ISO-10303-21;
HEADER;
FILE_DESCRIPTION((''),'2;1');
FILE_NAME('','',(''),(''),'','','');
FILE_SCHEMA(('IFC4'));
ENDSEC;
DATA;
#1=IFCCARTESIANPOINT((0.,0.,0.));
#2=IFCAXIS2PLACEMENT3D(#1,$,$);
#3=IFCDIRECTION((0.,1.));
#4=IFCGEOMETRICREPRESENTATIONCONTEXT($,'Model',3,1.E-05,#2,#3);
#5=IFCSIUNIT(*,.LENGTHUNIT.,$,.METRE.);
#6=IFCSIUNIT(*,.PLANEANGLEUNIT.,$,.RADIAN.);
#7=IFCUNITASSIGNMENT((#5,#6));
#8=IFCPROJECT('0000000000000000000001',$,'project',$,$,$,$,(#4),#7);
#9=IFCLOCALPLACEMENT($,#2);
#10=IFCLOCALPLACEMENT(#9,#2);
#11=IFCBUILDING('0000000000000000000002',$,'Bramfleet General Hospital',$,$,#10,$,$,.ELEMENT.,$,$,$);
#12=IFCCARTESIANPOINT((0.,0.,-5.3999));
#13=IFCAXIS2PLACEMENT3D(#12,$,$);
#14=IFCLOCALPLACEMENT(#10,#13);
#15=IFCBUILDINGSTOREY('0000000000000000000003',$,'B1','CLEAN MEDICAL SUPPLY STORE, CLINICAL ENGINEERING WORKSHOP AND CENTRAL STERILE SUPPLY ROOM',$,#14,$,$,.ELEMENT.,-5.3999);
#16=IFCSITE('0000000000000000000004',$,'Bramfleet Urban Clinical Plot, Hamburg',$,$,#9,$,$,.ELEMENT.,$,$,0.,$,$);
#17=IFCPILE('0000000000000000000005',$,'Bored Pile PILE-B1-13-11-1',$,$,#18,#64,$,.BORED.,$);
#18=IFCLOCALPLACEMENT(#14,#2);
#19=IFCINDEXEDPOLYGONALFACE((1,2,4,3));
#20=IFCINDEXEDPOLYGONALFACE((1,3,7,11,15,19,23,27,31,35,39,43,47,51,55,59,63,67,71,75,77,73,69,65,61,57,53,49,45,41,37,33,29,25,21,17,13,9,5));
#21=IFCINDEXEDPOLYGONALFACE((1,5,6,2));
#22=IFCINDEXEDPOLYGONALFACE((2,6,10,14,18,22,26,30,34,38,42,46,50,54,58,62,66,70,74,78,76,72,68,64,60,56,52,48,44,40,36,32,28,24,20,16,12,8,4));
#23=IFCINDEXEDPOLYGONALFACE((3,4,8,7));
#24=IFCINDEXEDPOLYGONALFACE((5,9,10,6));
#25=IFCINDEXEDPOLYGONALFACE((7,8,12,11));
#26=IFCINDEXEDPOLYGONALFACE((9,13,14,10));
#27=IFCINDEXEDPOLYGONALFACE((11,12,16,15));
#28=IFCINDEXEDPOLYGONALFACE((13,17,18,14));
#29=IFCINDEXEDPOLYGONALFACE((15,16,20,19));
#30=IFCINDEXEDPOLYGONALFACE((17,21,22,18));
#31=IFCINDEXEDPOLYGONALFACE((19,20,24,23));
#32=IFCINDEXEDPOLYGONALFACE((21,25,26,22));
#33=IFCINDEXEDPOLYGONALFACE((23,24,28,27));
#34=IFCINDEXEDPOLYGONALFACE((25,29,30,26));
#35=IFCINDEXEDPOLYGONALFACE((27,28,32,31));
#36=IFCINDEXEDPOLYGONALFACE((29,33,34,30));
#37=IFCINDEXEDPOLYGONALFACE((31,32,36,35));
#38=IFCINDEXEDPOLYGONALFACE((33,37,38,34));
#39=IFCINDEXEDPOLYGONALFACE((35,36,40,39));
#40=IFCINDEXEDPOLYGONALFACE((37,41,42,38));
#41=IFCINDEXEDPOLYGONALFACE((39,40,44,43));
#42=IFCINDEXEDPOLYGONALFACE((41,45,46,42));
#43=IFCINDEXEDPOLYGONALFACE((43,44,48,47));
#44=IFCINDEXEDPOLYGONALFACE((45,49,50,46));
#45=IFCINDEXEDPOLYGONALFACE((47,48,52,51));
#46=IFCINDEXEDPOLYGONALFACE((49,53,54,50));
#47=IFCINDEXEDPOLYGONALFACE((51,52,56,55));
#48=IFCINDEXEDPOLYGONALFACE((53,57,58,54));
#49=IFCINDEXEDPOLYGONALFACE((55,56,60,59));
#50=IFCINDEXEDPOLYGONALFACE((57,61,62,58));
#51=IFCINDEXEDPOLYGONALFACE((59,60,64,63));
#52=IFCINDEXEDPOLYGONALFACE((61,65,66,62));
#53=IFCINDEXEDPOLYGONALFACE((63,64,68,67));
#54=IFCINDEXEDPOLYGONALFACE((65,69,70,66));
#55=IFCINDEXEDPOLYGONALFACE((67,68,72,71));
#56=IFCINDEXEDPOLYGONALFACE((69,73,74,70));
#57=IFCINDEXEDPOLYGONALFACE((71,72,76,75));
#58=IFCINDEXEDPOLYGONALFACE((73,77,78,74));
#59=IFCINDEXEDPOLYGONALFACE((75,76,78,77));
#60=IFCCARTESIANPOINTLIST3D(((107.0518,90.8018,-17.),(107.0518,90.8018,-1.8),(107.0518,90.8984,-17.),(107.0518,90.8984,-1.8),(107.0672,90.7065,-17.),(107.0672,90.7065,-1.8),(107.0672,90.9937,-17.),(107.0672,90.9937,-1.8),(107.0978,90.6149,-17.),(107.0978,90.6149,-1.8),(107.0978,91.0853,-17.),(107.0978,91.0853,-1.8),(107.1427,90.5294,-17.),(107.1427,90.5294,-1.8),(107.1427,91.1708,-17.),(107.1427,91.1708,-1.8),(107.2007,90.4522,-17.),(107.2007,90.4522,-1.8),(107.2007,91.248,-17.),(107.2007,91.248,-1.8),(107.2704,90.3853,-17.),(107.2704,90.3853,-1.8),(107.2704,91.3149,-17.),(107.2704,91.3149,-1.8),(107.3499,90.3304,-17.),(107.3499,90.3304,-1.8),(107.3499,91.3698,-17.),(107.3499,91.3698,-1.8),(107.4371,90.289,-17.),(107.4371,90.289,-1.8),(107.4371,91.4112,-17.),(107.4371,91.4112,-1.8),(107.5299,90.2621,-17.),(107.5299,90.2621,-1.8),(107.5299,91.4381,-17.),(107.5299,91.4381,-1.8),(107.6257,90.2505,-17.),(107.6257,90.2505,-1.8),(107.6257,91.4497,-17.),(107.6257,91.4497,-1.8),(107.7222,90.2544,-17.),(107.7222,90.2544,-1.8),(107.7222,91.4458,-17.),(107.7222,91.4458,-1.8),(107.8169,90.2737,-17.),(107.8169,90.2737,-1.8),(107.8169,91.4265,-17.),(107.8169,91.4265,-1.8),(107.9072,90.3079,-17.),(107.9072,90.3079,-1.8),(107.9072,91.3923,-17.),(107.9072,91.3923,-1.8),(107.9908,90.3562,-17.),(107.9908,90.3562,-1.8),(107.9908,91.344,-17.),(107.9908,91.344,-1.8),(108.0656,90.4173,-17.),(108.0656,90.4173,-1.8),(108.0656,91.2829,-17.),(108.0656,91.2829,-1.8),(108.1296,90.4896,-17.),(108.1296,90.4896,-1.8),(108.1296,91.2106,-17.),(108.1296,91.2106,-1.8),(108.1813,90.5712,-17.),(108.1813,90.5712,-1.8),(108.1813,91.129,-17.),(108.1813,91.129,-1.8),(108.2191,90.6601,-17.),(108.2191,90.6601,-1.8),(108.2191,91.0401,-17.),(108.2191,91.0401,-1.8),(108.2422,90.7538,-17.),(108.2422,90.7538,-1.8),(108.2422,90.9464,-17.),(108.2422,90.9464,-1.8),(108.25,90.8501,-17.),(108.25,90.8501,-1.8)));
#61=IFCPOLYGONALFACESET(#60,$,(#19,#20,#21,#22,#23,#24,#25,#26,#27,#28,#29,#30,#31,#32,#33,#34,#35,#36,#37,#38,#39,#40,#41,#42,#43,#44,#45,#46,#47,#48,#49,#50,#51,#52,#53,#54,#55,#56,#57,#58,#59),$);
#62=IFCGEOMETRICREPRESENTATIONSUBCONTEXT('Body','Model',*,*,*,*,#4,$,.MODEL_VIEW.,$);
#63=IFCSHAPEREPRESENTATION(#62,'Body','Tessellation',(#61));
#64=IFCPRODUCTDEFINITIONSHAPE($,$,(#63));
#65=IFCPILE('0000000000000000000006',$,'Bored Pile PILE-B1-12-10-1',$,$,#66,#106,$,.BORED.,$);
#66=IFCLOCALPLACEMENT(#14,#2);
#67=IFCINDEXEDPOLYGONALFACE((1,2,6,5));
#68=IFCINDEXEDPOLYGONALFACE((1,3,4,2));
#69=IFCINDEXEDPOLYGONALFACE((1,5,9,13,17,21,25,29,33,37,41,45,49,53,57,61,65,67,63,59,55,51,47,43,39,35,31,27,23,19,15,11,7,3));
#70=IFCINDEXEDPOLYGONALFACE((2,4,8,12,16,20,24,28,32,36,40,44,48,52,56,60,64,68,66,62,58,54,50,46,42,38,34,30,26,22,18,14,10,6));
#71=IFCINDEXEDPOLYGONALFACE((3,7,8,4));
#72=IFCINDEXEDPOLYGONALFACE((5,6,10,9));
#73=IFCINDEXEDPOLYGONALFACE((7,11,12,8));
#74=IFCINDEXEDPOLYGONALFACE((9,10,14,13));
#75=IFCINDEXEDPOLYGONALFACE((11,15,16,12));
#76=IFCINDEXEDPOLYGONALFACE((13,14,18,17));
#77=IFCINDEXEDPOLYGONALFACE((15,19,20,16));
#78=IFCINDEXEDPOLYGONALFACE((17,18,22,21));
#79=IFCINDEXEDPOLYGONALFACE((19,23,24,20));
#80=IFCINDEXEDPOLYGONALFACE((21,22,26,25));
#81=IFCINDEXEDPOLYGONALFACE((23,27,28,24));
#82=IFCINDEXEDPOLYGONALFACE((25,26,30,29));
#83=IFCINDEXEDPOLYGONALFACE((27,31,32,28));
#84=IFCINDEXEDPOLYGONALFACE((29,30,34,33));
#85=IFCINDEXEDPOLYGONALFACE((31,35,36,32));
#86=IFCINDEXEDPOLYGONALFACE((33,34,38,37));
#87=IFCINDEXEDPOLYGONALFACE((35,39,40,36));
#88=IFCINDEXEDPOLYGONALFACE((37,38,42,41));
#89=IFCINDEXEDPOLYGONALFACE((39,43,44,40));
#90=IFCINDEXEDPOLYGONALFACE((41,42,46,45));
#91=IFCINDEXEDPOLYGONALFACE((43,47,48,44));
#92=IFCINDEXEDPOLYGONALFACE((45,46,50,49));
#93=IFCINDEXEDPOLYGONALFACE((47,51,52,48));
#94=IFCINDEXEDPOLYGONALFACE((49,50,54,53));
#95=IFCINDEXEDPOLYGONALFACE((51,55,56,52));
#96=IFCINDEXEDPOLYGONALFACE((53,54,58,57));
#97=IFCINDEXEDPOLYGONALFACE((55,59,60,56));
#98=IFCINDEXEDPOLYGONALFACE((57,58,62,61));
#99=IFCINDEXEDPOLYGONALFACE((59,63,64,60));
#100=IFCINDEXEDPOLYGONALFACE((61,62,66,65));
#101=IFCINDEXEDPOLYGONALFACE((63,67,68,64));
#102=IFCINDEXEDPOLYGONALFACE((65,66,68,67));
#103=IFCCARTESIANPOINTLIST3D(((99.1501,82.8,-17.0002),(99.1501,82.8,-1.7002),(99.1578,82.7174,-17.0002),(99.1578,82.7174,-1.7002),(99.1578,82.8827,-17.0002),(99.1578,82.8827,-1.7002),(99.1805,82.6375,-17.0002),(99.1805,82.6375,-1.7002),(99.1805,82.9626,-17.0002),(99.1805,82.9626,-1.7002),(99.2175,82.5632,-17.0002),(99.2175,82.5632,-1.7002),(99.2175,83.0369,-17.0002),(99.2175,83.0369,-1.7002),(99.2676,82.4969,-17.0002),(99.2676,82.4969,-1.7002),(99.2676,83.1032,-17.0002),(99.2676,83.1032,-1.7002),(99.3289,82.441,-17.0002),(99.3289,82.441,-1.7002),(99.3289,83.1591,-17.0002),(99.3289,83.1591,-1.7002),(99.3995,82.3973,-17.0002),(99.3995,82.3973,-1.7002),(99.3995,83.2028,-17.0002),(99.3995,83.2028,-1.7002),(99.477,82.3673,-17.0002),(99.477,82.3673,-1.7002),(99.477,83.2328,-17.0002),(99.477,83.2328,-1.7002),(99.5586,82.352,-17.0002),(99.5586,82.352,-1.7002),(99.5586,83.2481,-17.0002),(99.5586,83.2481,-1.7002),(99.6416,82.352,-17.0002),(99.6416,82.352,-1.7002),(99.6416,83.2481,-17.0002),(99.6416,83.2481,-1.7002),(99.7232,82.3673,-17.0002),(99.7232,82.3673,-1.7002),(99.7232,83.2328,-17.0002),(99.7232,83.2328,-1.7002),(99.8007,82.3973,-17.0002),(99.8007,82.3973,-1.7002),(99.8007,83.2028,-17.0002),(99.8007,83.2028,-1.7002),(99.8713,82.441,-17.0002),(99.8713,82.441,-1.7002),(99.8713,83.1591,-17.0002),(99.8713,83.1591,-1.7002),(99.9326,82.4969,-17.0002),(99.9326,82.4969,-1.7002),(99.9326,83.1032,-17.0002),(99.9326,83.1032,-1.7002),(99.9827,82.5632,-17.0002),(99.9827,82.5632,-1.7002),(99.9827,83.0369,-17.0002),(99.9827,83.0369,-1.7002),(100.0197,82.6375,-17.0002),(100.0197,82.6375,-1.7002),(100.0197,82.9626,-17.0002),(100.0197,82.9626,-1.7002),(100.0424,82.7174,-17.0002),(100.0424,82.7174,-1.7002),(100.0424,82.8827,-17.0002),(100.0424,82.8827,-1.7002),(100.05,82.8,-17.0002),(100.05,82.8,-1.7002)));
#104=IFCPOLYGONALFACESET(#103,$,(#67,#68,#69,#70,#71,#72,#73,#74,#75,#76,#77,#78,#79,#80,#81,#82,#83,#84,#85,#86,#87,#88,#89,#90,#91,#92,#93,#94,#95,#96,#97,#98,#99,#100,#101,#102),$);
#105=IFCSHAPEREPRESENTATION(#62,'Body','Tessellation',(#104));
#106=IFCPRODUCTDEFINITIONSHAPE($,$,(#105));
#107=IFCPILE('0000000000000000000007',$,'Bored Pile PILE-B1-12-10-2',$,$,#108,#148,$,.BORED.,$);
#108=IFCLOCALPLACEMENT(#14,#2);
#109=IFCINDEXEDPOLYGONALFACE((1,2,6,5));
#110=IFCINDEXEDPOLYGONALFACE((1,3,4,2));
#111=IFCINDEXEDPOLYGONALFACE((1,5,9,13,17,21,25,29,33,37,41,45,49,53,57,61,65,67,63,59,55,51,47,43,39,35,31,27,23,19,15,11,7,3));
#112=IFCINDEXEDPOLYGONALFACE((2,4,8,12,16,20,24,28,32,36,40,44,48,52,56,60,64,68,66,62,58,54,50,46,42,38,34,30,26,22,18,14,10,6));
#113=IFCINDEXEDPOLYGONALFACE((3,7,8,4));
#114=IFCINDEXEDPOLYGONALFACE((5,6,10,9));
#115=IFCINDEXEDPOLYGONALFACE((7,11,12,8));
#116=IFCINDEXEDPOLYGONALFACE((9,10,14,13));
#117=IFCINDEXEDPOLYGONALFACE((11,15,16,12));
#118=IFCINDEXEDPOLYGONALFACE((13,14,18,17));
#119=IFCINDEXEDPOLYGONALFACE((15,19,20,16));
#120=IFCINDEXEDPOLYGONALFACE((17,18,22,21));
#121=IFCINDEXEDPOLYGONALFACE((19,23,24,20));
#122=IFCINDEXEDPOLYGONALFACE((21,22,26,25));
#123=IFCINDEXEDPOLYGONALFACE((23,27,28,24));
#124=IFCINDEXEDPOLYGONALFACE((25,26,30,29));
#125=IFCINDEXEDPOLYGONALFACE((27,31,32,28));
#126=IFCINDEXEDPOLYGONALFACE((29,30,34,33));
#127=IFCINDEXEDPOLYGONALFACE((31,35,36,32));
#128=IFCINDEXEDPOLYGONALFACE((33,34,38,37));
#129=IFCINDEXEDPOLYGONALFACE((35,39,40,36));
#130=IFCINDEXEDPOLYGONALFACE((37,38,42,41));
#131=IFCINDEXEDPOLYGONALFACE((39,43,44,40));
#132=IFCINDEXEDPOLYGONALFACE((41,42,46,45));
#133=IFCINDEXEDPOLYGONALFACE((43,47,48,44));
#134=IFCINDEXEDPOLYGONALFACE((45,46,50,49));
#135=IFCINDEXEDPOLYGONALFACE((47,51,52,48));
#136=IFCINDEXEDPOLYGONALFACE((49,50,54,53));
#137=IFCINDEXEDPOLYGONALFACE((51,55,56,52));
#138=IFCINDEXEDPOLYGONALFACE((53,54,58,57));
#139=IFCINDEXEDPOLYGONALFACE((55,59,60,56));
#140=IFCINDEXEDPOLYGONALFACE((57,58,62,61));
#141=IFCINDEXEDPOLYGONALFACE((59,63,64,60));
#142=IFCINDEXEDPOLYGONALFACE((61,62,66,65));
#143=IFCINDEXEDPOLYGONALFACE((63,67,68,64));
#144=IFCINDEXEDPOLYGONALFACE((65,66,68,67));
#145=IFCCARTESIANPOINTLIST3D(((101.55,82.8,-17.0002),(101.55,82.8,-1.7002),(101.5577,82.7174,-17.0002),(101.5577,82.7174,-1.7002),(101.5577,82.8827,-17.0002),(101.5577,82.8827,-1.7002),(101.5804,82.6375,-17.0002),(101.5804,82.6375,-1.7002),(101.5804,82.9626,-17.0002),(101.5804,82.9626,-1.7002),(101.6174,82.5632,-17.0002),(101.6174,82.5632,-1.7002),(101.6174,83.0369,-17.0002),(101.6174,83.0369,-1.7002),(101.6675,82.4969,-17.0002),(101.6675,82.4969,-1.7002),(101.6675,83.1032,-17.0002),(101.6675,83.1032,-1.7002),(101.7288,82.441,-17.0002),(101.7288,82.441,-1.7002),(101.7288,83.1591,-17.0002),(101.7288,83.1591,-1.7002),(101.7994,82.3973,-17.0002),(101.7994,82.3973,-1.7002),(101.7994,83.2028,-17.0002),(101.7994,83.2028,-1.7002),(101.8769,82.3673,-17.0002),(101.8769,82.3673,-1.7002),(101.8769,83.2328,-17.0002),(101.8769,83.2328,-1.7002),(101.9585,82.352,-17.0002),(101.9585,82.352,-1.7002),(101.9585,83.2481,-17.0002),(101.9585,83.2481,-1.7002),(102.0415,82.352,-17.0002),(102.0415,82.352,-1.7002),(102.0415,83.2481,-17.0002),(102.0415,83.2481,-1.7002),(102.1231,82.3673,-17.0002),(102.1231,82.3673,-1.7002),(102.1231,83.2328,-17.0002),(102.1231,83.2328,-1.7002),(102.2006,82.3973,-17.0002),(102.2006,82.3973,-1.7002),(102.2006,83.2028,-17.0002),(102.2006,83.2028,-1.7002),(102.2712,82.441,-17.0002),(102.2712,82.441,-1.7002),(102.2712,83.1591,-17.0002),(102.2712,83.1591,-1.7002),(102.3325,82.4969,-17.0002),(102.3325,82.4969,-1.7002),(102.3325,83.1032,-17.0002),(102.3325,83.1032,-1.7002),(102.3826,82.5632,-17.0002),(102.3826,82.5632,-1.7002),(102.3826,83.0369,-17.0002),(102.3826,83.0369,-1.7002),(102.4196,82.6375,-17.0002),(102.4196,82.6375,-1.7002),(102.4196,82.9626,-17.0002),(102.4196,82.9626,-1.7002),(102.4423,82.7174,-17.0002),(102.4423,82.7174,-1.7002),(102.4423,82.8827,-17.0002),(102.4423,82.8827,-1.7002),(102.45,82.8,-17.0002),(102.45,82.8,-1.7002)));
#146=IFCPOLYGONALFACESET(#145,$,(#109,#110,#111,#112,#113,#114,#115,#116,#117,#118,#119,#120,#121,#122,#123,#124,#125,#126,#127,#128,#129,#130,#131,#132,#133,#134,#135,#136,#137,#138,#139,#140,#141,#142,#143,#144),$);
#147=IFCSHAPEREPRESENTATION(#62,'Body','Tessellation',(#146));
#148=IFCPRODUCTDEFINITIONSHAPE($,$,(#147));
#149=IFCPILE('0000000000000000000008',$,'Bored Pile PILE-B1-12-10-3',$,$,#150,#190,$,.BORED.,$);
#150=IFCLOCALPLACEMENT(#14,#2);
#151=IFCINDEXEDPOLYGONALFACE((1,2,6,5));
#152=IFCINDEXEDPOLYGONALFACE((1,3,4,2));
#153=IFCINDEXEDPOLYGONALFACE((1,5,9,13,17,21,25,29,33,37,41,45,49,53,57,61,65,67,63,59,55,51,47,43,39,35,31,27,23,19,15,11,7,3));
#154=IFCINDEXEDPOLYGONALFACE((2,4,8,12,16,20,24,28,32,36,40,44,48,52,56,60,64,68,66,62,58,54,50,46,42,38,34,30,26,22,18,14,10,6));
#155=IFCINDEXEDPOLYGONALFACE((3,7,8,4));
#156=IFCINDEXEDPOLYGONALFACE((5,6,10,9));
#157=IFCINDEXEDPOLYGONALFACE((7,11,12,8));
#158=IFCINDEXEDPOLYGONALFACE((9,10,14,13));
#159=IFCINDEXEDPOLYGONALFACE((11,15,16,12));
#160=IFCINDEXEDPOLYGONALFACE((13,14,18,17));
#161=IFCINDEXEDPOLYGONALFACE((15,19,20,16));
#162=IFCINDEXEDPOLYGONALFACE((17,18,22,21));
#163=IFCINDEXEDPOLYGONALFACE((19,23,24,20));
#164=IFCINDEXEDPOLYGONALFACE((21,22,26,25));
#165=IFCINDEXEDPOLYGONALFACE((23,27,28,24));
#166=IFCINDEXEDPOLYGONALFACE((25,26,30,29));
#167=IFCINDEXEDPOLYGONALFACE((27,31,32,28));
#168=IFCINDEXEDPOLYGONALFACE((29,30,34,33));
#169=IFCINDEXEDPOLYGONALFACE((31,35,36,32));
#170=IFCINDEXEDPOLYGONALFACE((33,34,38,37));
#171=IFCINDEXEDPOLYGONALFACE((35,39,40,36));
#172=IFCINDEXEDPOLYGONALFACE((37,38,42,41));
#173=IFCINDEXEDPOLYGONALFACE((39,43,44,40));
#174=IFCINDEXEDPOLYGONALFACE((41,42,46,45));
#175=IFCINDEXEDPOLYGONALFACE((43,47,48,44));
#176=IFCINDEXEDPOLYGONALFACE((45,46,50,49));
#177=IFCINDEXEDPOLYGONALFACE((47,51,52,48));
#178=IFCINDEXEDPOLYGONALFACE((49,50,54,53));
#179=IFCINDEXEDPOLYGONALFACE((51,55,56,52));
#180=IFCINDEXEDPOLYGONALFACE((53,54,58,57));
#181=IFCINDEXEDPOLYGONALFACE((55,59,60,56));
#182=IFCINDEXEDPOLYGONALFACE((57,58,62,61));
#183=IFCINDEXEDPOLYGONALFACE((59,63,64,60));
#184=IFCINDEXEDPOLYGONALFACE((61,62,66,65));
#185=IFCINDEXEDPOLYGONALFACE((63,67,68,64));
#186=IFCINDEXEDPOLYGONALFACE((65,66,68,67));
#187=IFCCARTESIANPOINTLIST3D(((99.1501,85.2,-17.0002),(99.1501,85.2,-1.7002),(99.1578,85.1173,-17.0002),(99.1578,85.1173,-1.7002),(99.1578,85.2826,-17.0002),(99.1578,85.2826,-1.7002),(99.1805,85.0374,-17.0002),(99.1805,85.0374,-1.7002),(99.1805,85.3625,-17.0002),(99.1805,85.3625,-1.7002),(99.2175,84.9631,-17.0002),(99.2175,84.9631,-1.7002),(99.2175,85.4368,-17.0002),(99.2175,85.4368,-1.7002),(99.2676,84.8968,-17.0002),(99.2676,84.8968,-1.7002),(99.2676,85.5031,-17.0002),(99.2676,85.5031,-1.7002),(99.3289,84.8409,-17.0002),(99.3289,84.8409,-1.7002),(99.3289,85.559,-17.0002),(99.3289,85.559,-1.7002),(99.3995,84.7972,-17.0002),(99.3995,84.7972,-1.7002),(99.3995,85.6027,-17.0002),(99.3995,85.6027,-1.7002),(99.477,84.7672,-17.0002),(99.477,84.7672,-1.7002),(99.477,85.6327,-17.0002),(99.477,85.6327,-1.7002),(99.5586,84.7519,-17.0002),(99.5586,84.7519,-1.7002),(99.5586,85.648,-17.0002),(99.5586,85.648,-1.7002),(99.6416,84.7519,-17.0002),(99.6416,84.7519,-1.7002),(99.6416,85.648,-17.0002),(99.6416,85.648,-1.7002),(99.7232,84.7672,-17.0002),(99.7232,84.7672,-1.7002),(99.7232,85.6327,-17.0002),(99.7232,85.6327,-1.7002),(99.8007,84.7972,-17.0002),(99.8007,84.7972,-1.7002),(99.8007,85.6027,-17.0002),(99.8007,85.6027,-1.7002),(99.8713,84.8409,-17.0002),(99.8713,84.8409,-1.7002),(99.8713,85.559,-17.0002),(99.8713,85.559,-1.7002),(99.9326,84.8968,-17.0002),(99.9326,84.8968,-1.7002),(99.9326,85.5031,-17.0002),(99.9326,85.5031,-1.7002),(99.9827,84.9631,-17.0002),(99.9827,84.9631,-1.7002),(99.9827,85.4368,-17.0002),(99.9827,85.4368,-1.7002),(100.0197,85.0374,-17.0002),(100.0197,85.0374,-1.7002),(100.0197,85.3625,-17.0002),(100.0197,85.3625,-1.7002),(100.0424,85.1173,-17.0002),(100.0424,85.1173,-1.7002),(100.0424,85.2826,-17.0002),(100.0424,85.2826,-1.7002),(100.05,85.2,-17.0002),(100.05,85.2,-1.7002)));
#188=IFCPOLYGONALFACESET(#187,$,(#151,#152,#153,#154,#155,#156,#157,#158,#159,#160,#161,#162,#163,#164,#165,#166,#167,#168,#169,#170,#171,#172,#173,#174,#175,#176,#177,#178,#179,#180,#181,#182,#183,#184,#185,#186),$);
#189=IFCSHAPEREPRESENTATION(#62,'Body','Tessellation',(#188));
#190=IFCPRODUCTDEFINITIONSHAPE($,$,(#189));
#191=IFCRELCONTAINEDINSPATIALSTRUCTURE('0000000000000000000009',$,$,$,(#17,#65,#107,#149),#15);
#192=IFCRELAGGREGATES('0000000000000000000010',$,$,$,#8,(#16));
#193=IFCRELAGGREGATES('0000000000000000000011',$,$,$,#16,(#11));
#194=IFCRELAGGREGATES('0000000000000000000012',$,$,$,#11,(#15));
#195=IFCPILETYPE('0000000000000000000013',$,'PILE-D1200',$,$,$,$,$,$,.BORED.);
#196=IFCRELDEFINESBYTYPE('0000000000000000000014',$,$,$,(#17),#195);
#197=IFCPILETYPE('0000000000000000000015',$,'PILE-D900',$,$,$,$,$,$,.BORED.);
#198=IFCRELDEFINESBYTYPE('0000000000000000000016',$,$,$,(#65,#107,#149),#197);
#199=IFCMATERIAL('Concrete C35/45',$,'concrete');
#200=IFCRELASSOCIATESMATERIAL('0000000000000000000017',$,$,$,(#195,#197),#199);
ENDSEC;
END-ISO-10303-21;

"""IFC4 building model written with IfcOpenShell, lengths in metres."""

from ifc_helpers import new_model, si_unit, direction, frame, origin, origin_2d, place, context, subcontext, project, spatial, circle, extrude, material, material_profile, profile_set, type_object, element, save


model = new_model("IFC4")

# Units and contexts
model_context = context("Model", 3, precision=1e-05, world=origin(), true_north=direction((0.0, 1.0)))
body_context = subcontext(model_context, "Body", "Model", "MODEL_VIEW")
ifc_project = project(units=[si_unit("LENGTHUNIT", "METRE"), si_unit("PLANEANGLEUNIT", "RADIAN")], contexts=[model_context])

# Site, building, storey
site_placement = place(None, origin())
site = spatial("IfcSite", under=ifc_project, at=site_placement, Name="Bramfleet Urban Clinical Plot, Hamburg", CompositionType="ELEMENT", RefElevation=0.0)
building_placement = place(site_placement, origin())
building = spatial("IfcBuilding", under=site, at=building_placement, Name="Bramfleet General Hospital", CompositionType="ELEMENT")
storey_placement = place(building_placement, frame((0.0, 0.0, -5.3999)))
storey = spatial("IfcBuildingStorey", under=building, at=storey_placement, Name="B1", Description="CLEAN MEDICAL SUPPLY STORE, CLINICAL ENGINEERING WORKSHOP AND CENTRAL STERILE SUPPLY ROOM", CompositionType="ELEMENT", Elevation=-5.3999)

# Shared definitions
ifc_material_1 = material(Name="Concrete C35/45", Category="concrete")

# Piles
ifc_material_profile_1 = material_profile(ifc_material_1, circle(Radius=0.6001, at=origin_2d()), Name="PILE BORED D1200")
ifc_profile_set_1 = profile_set([ifc_material_profile_1], Name="Concrete C35/45")
pile_type_1 = type_object("IfcPileType", Name="PILE-D1200", PredefinedType="BORED", material=ifc_profile_set_1)
for number, where, z_axis, x_axis, name in (
    (1, (107.6499, 90.8501, -1.8), (0.0, 0.0, -1.0), (1.0, 0.0, 0.0), "Bored Pile PILE-B1-13-11-1"),
):
    element("IfcPile", number, at=place(storey_placement, frame(where, z_axis=z_axis, x_axis=x_axis)), inside=storey, type_object=pile_type_1, Name=name, PredefinedType="BORED", context=body_context, shape_type="SweptSolid", body=[
        extrude(circle(Radius=0.6001, at=origin_2d()), origin(), (0.0, 0.0, 1.0), 15.2),
    ])
ifc_material_profile_2 = material_profile(ifc_material_1, circle(Radius=0.45, at=origin_2d()), Name="PILE BORED D900")
ifc_profile_set_2 = profile_set([ifc_material_profile_2], Name="Concrete C35/45")
pile_type_2 = type_object("IfcPileType", Name="PILE-D900", PredefinedType="BORED", material=ifc_profile_set_2)
for number, where, z_axis, x_axis, name in (
    (2, (99.6001, 82.8, -1.7002), (0.0, 0.0, -1.0), (1.0, 0.0, 0.0), "Bored Pile PILE-B1-12-10-1"),
    (3, (102.0, 82.8, -1.7002), (0.0, 0.0, -1.0), (1.0, 0.0, 0.0), "Bored Pile PILE-B1-12-10-2"),
    (4, (99.6001, 85.2, -1.7002), (0.0, 0.0, -1.0), (1.0, 0.0, 0.0), "Bored Pile PILE-B1-12-10-3"),
):
    element("IfcPile", number, at=place(storey_placement, frame(where, z_axis=z_axis, x_axis=x_axis)), inside=storey, type_object=pile_type_2, Name=name, PredefinedType="BORED", context=body_context, shape_type="SweptSolid", body=[
        extrude(circle(Radius=0.45, at=origin_2d()), origin(), (0.0, 0.0, 1.0), 15.3),
    ])

save(model, "model.ifc")
